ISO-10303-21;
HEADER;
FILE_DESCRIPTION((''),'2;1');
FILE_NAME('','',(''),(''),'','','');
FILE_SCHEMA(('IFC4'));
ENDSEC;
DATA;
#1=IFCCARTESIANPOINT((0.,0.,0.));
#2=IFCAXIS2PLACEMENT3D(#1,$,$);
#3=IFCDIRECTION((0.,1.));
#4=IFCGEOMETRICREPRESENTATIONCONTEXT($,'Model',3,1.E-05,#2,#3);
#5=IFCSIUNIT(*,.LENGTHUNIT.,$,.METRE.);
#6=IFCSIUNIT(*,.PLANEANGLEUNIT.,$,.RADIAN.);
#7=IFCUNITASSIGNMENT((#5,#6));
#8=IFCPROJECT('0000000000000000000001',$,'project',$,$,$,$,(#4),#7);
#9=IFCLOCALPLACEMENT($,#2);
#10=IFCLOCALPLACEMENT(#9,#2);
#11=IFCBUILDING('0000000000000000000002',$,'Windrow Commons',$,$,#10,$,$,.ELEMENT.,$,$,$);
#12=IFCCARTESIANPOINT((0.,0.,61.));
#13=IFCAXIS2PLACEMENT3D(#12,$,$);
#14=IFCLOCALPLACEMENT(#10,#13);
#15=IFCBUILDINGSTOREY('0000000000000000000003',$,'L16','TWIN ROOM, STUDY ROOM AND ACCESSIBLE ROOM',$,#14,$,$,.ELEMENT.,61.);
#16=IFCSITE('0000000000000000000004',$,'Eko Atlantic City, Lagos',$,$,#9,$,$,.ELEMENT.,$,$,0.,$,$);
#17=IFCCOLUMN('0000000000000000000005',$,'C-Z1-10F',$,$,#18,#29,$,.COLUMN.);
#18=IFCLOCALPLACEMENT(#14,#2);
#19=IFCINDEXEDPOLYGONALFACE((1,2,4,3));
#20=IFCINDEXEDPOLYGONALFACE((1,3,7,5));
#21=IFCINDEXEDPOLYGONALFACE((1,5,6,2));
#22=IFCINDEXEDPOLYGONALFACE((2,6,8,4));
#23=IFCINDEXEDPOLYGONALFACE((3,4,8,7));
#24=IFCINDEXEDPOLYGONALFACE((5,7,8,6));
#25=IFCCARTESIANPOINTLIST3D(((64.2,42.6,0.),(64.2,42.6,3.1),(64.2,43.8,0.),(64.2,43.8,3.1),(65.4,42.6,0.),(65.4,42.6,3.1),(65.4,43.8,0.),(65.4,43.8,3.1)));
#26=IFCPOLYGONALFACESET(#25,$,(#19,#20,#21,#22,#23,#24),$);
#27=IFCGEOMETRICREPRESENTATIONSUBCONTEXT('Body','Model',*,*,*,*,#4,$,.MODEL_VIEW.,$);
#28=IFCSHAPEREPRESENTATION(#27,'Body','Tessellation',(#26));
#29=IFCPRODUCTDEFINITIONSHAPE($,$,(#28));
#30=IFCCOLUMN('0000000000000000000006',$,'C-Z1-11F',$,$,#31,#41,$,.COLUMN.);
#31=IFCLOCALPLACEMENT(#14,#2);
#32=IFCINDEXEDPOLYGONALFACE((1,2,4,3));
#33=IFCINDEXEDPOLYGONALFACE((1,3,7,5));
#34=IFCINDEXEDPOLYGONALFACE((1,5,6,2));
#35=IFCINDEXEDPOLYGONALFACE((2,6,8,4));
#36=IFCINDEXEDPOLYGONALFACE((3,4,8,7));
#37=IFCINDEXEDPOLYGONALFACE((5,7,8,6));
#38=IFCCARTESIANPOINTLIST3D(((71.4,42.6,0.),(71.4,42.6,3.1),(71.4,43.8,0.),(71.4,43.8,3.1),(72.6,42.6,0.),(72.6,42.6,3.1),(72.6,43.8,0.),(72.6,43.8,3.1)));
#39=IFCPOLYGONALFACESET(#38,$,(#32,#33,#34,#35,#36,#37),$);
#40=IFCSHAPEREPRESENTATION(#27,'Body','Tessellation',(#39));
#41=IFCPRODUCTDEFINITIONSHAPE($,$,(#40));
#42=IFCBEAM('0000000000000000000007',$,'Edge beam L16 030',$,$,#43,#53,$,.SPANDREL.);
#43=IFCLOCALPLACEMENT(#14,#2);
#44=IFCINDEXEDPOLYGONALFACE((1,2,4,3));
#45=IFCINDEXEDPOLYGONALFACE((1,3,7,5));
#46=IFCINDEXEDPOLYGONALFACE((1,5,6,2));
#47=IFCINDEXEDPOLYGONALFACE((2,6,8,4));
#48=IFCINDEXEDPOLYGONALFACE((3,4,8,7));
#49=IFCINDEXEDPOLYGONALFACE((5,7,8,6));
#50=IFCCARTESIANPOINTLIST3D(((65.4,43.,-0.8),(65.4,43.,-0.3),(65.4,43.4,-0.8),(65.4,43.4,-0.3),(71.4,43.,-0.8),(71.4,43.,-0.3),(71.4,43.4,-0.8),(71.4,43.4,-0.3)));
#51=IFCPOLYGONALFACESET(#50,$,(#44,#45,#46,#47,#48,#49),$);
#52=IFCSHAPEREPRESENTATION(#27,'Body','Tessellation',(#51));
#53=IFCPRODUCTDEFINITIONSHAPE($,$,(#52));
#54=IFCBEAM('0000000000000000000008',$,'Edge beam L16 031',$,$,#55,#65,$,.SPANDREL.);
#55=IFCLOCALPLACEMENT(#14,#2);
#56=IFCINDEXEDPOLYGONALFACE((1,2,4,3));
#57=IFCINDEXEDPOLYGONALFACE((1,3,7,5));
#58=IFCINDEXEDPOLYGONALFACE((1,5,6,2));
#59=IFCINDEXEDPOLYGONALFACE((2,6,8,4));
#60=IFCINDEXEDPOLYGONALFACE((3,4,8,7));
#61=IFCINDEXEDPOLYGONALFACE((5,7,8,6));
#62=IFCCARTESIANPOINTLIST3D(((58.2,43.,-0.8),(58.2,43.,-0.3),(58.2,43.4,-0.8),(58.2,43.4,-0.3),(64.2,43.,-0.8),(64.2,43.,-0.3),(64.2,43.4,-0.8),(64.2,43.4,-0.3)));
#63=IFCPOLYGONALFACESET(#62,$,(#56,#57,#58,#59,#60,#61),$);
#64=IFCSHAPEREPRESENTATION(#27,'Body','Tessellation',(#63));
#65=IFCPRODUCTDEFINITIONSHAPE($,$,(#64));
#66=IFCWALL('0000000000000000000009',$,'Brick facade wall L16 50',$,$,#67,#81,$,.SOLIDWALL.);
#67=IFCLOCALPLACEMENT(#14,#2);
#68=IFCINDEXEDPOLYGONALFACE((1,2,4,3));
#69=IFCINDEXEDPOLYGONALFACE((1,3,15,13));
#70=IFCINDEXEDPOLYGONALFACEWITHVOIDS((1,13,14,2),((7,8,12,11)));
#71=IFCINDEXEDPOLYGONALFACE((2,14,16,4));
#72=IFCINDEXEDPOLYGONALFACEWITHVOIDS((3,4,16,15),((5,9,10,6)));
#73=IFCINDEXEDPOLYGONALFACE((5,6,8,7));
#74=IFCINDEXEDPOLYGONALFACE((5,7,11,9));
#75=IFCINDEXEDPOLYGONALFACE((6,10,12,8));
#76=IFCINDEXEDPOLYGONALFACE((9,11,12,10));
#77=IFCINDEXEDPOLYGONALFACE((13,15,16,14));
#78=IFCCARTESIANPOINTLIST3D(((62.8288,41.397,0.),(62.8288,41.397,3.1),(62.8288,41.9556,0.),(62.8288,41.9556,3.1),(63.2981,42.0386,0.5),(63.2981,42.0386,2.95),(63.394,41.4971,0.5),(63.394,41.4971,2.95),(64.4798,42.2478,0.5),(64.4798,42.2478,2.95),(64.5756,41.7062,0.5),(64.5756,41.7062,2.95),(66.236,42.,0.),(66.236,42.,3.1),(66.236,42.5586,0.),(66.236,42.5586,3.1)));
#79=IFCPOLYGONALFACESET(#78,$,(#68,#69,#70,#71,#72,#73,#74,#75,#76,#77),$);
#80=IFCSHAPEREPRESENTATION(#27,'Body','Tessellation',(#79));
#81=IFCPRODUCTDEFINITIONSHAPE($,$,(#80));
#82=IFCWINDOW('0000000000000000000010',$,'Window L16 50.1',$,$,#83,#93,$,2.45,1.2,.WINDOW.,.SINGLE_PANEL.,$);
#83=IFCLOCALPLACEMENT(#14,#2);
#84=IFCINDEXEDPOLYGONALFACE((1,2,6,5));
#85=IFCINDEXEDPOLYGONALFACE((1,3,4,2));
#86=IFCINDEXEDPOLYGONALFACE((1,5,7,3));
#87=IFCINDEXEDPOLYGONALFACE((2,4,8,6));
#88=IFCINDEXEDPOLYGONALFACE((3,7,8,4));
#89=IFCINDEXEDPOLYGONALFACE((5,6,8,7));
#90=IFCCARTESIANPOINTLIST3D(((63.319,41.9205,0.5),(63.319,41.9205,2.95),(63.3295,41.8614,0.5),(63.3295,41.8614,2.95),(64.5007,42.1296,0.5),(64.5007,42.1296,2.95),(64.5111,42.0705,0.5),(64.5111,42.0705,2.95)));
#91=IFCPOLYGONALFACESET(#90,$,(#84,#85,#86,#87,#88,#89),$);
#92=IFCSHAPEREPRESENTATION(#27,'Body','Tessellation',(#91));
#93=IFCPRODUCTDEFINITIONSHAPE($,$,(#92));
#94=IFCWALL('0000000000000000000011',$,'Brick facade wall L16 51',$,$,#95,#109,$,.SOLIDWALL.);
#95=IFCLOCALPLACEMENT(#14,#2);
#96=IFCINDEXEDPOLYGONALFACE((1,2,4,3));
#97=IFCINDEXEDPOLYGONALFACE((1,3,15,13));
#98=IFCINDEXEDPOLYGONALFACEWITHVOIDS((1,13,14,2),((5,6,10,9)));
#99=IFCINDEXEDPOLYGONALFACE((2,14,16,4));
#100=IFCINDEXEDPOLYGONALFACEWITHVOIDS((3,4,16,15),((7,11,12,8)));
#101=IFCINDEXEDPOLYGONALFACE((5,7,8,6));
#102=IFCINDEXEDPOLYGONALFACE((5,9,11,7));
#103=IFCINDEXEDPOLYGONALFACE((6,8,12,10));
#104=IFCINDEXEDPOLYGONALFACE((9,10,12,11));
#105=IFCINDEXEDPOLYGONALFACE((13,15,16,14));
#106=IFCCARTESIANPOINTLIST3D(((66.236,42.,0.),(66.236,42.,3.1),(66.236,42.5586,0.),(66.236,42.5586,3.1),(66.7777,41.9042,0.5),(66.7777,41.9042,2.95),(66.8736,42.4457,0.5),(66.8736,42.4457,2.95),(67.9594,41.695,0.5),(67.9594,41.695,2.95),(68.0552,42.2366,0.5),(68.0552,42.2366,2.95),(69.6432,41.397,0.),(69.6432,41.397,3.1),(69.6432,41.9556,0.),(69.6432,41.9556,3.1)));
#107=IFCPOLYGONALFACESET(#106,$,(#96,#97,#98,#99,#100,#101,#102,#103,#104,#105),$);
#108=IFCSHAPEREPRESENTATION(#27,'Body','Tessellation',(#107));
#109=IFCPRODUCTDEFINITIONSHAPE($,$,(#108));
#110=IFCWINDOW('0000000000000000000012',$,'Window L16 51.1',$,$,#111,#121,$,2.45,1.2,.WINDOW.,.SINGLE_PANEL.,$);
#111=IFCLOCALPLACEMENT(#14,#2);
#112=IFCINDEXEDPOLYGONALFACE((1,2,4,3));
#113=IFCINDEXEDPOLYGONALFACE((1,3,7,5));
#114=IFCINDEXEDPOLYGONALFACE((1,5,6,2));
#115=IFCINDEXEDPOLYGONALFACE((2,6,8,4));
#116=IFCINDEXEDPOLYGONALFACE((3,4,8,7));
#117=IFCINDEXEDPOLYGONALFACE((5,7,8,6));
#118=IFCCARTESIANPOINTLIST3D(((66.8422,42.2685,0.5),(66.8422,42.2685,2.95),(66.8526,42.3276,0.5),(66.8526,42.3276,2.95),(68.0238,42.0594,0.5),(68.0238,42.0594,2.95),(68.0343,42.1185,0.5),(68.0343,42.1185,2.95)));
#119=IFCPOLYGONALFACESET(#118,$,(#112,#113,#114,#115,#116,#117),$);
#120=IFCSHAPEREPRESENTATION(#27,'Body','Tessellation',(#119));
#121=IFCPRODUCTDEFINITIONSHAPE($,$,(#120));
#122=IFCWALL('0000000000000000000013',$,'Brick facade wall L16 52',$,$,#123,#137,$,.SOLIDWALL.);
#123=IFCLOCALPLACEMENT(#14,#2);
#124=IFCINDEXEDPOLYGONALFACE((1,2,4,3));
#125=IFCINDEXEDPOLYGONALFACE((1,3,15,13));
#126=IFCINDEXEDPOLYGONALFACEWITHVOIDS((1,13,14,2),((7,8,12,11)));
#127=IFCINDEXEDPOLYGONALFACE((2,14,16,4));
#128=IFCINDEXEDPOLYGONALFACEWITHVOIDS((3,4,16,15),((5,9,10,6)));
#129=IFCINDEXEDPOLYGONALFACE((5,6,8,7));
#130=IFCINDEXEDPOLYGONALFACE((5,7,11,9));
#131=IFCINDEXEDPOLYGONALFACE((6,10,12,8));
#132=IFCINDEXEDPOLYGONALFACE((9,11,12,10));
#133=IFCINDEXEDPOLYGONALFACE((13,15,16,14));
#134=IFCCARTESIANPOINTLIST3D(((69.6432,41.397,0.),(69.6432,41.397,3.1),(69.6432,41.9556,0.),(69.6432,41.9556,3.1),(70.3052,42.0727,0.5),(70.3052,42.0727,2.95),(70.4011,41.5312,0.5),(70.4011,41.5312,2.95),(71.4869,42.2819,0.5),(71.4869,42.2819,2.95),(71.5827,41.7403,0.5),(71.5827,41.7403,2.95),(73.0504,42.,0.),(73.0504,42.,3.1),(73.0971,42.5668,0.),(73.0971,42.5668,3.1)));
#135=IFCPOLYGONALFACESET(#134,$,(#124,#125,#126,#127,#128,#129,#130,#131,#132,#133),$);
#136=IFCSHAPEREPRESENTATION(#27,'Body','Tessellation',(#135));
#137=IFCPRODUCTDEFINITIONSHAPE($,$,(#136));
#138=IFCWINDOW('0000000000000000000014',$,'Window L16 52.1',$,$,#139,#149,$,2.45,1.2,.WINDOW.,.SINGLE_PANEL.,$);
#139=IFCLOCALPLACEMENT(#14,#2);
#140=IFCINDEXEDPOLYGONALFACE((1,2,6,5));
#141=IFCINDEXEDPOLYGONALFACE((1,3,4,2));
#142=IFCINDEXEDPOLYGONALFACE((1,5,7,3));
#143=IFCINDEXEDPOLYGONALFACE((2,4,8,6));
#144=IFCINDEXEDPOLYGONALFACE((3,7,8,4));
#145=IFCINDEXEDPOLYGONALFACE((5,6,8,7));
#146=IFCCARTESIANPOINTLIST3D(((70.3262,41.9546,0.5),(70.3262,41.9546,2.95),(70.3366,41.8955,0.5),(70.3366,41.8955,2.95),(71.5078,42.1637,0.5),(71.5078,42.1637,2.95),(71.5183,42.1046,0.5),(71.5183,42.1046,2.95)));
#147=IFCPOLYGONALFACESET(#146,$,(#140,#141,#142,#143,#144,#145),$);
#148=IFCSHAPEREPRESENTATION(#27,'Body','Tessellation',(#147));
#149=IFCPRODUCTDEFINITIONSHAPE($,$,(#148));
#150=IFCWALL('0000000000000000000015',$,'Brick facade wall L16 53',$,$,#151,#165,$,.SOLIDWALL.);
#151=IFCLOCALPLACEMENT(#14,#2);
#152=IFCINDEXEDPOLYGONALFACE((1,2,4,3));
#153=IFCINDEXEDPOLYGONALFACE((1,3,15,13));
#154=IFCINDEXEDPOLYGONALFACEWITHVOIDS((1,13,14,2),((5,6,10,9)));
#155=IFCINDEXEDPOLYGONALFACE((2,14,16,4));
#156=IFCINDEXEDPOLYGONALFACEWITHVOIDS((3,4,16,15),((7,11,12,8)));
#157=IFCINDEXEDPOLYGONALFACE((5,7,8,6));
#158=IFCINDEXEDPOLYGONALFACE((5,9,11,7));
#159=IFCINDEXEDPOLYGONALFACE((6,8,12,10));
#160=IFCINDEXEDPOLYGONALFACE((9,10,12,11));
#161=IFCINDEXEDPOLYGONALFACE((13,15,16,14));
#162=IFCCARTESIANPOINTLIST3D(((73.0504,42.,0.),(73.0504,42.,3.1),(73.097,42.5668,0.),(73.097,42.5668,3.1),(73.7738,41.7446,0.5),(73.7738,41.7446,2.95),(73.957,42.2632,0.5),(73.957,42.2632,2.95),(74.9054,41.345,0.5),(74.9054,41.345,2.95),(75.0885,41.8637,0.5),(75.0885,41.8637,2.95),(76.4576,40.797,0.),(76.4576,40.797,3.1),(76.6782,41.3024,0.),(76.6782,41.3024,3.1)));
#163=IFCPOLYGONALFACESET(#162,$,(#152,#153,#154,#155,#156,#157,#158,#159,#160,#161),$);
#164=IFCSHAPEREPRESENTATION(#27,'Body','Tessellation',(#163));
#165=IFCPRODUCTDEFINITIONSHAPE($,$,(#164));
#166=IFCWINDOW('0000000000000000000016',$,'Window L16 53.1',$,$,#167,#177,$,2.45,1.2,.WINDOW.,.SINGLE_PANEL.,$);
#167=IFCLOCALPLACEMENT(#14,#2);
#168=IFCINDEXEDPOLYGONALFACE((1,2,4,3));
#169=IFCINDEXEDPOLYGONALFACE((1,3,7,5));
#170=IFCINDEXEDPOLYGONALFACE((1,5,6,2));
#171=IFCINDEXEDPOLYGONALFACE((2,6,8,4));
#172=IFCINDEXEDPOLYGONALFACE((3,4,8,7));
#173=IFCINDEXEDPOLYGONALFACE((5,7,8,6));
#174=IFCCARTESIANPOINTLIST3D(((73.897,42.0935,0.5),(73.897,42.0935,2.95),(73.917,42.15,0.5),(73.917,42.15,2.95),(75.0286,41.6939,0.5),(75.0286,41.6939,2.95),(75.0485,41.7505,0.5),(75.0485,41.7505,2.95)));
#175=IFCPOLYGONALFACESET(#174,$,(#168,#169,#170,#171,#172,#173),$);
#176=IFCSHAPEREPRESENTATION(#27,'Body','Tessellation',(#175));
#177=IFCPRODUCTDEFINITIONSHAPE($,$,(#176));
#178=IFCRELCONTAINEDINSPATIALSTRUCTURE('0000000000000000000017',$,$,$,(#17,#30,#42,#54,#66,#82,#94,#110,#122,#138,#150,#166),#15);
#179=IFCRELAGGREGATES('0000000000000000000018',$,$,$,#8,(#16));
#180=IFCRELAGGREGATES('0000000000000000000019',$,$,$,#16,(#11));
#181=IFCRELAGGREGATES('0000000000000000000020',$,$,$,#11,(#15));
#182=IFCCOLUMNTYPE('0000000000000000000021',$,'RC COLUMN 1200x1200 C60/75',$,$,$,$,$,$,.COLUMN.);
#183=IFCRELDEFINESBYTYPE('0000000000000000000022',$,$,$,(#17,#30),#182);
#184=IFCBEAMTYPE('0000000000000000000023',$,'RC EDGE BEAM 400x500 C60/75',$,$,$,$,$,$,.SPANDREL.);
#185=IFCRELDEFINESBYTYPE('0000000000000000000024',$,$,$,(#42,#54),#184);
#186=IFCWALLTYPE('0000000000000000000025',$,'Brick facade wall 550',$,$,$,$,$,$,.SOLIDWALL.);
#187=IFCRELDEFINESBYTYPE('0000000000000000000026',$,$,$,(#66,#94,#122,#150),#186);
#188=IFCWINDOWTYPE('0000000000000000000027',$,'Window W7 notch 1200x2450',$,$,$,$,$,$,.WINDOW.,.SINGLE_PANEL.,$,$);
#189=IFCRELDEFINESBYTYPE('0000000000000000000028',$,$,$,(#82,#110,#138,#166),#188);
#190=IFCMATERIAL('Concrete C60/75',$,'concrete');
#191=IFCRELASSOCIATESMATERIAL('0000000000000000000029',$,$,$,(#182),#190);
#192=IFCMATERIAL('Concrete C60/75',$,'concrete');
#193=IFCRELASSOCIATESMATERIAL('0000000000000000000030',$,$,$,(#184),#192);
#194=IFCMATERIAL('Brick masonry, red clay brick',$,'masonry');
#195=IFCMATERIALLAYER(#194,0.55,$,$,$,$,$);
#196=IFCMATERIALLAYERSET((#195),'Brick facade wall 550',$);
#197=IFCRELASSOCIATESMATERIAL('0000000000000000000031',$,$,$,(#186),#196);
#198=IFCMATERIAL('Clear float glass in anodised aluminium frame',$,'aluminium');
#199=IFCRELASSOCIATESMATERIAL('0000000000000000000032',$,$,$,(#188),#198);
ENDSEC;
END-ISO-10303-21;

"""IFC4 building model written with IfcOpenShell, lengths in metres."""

from ifc_helpers import new_model, si_unit, direction, frame, frame_2d, origin, origin_2d, place, context, subcontext, project, spatial, polyline, rectangle, outline, extrude, material, layer, layer_set, material_profile, profile_set, type_object, element, fill, save


model = new_model("IFC4")

# Units and contexts
model_context = context("Model", 3, precision=1e-05, world=origin(), true_north=direction((0.0, 1.0)))
body_context = subcontext(model_context, "Body", "Model", "MODEL_VIEW")
ifc_project = project(units=[si_unit("LENGTHUNIT", "METRE"), si_unit("PLANEANGLEUNIT", "RADIAN")], contexts=[model_context])

# Site, building, storey
site_placement = place(None, origin())
site = spatial("IfcSite", under=ifc_project, at=site_placement, Name="Eko Atlantic City, Lagos", CompositionType="ELEMENT", RefElevation=0.0)
building_placement = place(site_placement, origin())
building = spatial("IfcBuilding", under=site, at=building_placement, Name="Windrow Commons", CompositionType="ELEMENT")
storey_placement = place(building_placement, frame((0.0, 0.0, 61.0)))
storey = spatial("IfcBuildingStorey", under=building, at=storey_placement, Name="L16", Description="TWIN ROOM, STUDY ROOM AND ACCESSIBLE ROOM", CompositionType="ELEMENT", Elevation=61.0)

# Columns
ifc_material_1 = material(Name="Concrete C60/75", Category="concrete")
ifc_material_profile_1 = material_profile(ifc_material_1, rectangle(XDim=1.2, YDim=1.2, at=origin_2d()))
ifc_profile_set_1 = profile_set([ifc_material_profile_1], Name="Concrete C60/75")
column_type = type_object("IfcColumnType", Name="RC COLUMN 1200x1200 C60/75", PredefinedType="COLUMN", material=ifc_profile_set_1)
for number, where, z_axis, x_axis, name in (
    (1, (64.8, 43.2, 0.0), (0.0, 0.0, 1.0), (1.0, 0.0, 0.0), "C-Z1-10F"),
    (2, (72.0, 43.2, 0.0), (0.0, 0.0, 1.0), (1.0, 0.0, 0.0), "C-Z1-11F"),
):
    element("IfcColumn", number, at=place(storey_placement, frame(where, z_axis=z_axis, x_axis=x_axis)), inside=storey, type_object=column_type, Name=name, PredefinedType="COLUMN", context=body_context, shape_type="SweptSolid", body=[
        extrude(rectangle(XDim=1.2, YDim=1.2, at=origin_2d()), origin(), (0.0, 0.0, 1.0), 3.1),
    ])

# Beams
ifc_material_2 = material(Name="Concrete C60/75", Category="concrete")
ifc_material_profile_2 = material_profile(ifc_material_2, rectangle(XDim=0.4, YDim=0.5, at=origin_2d()))
ifc_profile_set_2 = profile_set([ifc_material_profile_2], Name="Concrete C60/75")
beam_type = type_object("IfcBeamType", Name="RC EDGE BEAM 400x500 C60/75", PredefinedType="SPANDREL", material=ifc_profile_set_2)
for number, where, z_axis, x_axis, name in (
    (3, (71.4, 43.2, -0.55), (-1.0, 0.0, 0.0), (0.0, -1.0, 0.0), "Edge beam L16 030"),
    (4, (64.2, 43.2, -0.55), (-1.0, 0.0, 0.0), (0.0, -1.0, 0.0), "Edge beam L16 031"),
):
    element("IfcBeam", number, at=place(storey_placement, frame(where, z_axis=z_axis, x_axis=x_axis)), inside=storey, type_object=beam_type, Name=name, PredefinedType="SPANDREL", context=body_context, shape_type="SweptSolid", body=[
        extrude(rectangle(XDim=0.4, YDim=0.5, at=origin_2d()), origin(), (0.0, 0.0, 1.0), 6.0),
    ])

# Walls, openings, windows
ifc_material_3 = material(Name="Brick masonry, red clay brick", Category="masonry")
ifc_layer_1 = layer(ifc_material_3, 0.55)
ifc_layer_set_1 = layer_set([ifc_layer_1], Name="Brick facade wall 550")
wall_type_1 = type_object("IfcWallType", Name="Brick facade wall 550", PredefinedType="SOLIDWALL", material=ifc_layer_set_1)
wall_1_placement = place(storey_placement, frame((62.8288, 41.6763, 0.0), z_axis=(0.0, 0.0, 1.0), x_axis=(0.984698, 0.17427, 0.0)))
wall_1 = element("IfcWall", 5, at=wall_1_placement, inside=storey, type_object=wall_type_1, Name="Brick facade wall L16 50", PredefinedType="SOLIDWALL", context=body_context, shape_type="SweptSolid", body=[
    extrude(outline(polyline([(-0.0487, -0.275), (3.4115, -0.275), (3.5088, 0.275), (0.0487, 0.275), (-0.0487, -0.275)])), origin(), (0.0, 0.0, 1.0), 3.1),
])
opening_1_placement = place(wall_1_placement, frame((0.5253, 0.0, 0.5)))
opening_1 = element("IfcOpeningElement", 6, at=opening_1_placement, cuts=wall_1, PredefinedType="OPENING", context=body_context, shape_type="SweptSolid", body=[
    extrude(rectangle(XDim=1.2, YDim=2.45, at=frame_2d((0.6, 1.225))), frame((0.0, 0.285, 0.0), z_axis=(0.0, -1.0, 0.0), x_axis=(1.0, 0.0, 0.0)), (0.0, 0.0, 1.0), 0.57),
])
ifc_material_4 = material(Name="Clear float glass in anodised aluminium frame", Category="aluminium")
window_type = type_object("IfcWindowType", Name="Window W7 notch 1200x2450", PartitioningType="SINGLE_PANEL", PredefinedType="WINDOW", material=ifc_material_4)
window_1_placement = place(opening_1_placement, origin())
window_1 = element("IfcWindow", 7, at=window_1_placement, inside=storey, type_object=window_type, Name="Window L16 50.1", OverallHeight=2.45, OverallWidth=1.2, PartitioningType="SINGLE_PANEL", PredefinedType="WINDOW", context=body_context, shape_type="SweptSolid", body=[
    extrude(rectangle(XDim=1.2, YDim=2.45, at=frame_2d((0.6, 1.225))), frame((0.0, 0.155, 0.0), z_axis=(0.0, -1.0, 0.0), x_axis=(1.0, 0.0, 0.0)), (0.0, 0.0, 1.0), 0.06),
])
fill(opening_1, window_1)
wall_2_placement = place(storey_placement, frame((66.236, 42.2793, 0.0), z_axis=(0.0, 0.0, 1.0), x_axis=(0.984698, -0.17427, 0.0)))
wall_2 = element("IfcWall", 8, at=wall_2_placement, inside=storey, type_object=wall_type_1, Name="Brick facade wall L16 51", PredefinedType="SOLIDWALL", context=body_context, shape_type="SweptSolid", body=[
    extrude(outline(polyline([(0.0487, -0.275), (3.5088, -0.275), (3.4115, 0.275), (-0.0487, 0.275), (0.0487, -0.275)])), origin(), (0.0, 0.0, 1.0), 3.1),
])
opening_2_placement = place(wall_2_placement, frame((0.5988, 0.0, 0.5)))
opening_2 = element("IfcOpeningElement", 9, at=opening_2_placement, cuts=wall_2, PredefinedType="OPENING", context=body_context, shape_type="SweptSolid", body=[
    extrude(rectangle(XDim=1.2, YDim=2.45, at=frame_2d((0.6, 1.225))), frame((0.0, 0.285, 0.0), z_axis=(0.0, -1.0, 0.0), x_axis=(1.0, 0.0, 0.0)), (0.0, 0.0, 1.0), 0.57),
])
window_2_placement = place(opening_2_placement, origin())
window_2 = element("IfcWindow", 10, at=window_2_placement, inside=storey, type_object=window_type, Name="Window L16 51.1", OverallHeight=2.45, OverallWidth=1.2, PartitioningType="SINGLE_PANEL", PredefinedType="WINDOW", context=body_context, shape_type="SweptSolid", body=[
    extrude(rectangle(XDim=1.2, YDim=2.45, at=frame_2d((0.6, 1.225))), frame((0.0, 0.155, 0.0), z_axis=(0.0, -1.0, 0.0), x_axis=(1.0, 0.0, 0.0)), (0.0, 0.0, 1.0), 0.06),
])
fill(opening_2, window_2)
wall_3_placement = place(storey_placement, frame((69.6432, 41.6763, 0.0), z_axis=(0.0, 0.0, 1.0), x_axis=(0.984699, 0.174263, 0.0)))
wall_3 = element("IfcWall", 11, at=wall_3_placement, inside=storey, type_object=wall_type_1, Name="Brick facade wall L16 52", PredefinedType="SOLIDWALL", context=body_context, shape_type="SweptSolid", body=[
    extrude(outline(polyline([(-0.0487, -0.275), (3.4115, -0.275), (3.5562, 0.275), (0.0487, 0.275), (-0.0487, -0.275)])), origin(), (0.0, 0.0, 1.0), 3.1),
])
opening_3_placement = place(wall_3_placement, frame((0.721, 0.0, 0.5)))
opening_3 = element("IfcOpeningElement", 12, at=opening_3_placement, cuts=wall_3, PredefinedType="OPENING", context=body_context, shape_type="SweptSolid", body=[
    extrude(rectangle(XDim=1.2, YDim=2.45, at=frame_2d((0.6, 1.225))), frame((0.0, 0.285, 0.0), z_axis=(0.0, -1.0, 0.0), x_axis=(1.0, 0.0, 0.0)), (0.0, 0.0, 1.0), 0.57),
])
window_3_placement = place(opening_3_placement, origin())
window_3 = element("IfcWindow", 13, at=window_3_placement, inside=storey, type_object=window_type, Name="Window L16 52.1", OverallHeight=2.45, OverallWidth=1.2, PartitioningType="SINGLE_PANEL", PredefinedType="WINDOW", context=body_context, shape_type="SweptSolid", body=[
    extrude(rectangle(XDim=1.2, YDim=2.45, at=frame_2d((0.6, 1.225))), frame((0.0, 0.155, 0.0), z_axis=(0.0, -1.0, 0.0), x_axis=(1.0, 0.0, 0.0)), (0.0, 0.0, 1.0), 0.06),
])
fill(opening_3, window_3)
wall_4_placement = place(storey_placement, frame((73.0737, 42.2834, 0.0), z_axis=(0.0, 0.0, 1.0), x_axis=(0.942952, -0.332929, 0.0)))
wall_4 = element("IfcWall", 14, at=wall_4_placement, inside=storey, type_object=wall_type_1, Name="Brick facade wall L16 53", PredefinedType="SOLIDWALL", context=body_context, shape_type="SweptSolid", body=[
    extrude(outline(polyline([(0.0724, -0.275), (3.6857, -0.275), (3.7255, 0.275), (-0.0724, 0.275), (0.0724, -0.275)])), origin(), (0.0, 0.0, 1.0), 3.1),
])
opening_4_placement = place(wall_4_placement, frame((0.8396, 0.0, 0.5)))
opening_4 = element("IfcOpeningElement", 15, at=opening_4_placement, cuts=wall_4, PredefinedType="OPENING", context=body_context, shape_type="SweptSolid", body=[
    extrude(rectangle(XDim=1.2, YDim=2.45, at=frame_2d((0.6, 1.225))), frame((0.0, 0.285, 0.0), z_axis=(0.0, -1.0, 0.0), x_axis=(1.0, 0.0, 0.0)), (0.0, 0.0, 1.0), 0.57),
])
window_4_placement = place(opening_4_placement, origin())
window_4 = element("IfcWindow", 16, at=window_4_placement, inside=storey, type_object=window_type, Name="Window L16 53.1", OverallHeight=2.45, OverallWidth=1.2, PartitioningType="SINGLE_PANEL", PredefinedType="WINDOW", context=body_context, shape_type="SweptSolid", body=[
    extrude(rectangle(XDim=1.2, YDim=2.45, at=frame_2d((0.6, 1.225))), frame((0.0, 0.155, 0.0), z_axis=(0.0, -1.0, 0.0), x_axis=(1.0, 0.0, 0.0)), (0.0, 0.0, 1.0), 0.06),
])
fill(opening_4, window_4)

save(model, "model.ifc")
